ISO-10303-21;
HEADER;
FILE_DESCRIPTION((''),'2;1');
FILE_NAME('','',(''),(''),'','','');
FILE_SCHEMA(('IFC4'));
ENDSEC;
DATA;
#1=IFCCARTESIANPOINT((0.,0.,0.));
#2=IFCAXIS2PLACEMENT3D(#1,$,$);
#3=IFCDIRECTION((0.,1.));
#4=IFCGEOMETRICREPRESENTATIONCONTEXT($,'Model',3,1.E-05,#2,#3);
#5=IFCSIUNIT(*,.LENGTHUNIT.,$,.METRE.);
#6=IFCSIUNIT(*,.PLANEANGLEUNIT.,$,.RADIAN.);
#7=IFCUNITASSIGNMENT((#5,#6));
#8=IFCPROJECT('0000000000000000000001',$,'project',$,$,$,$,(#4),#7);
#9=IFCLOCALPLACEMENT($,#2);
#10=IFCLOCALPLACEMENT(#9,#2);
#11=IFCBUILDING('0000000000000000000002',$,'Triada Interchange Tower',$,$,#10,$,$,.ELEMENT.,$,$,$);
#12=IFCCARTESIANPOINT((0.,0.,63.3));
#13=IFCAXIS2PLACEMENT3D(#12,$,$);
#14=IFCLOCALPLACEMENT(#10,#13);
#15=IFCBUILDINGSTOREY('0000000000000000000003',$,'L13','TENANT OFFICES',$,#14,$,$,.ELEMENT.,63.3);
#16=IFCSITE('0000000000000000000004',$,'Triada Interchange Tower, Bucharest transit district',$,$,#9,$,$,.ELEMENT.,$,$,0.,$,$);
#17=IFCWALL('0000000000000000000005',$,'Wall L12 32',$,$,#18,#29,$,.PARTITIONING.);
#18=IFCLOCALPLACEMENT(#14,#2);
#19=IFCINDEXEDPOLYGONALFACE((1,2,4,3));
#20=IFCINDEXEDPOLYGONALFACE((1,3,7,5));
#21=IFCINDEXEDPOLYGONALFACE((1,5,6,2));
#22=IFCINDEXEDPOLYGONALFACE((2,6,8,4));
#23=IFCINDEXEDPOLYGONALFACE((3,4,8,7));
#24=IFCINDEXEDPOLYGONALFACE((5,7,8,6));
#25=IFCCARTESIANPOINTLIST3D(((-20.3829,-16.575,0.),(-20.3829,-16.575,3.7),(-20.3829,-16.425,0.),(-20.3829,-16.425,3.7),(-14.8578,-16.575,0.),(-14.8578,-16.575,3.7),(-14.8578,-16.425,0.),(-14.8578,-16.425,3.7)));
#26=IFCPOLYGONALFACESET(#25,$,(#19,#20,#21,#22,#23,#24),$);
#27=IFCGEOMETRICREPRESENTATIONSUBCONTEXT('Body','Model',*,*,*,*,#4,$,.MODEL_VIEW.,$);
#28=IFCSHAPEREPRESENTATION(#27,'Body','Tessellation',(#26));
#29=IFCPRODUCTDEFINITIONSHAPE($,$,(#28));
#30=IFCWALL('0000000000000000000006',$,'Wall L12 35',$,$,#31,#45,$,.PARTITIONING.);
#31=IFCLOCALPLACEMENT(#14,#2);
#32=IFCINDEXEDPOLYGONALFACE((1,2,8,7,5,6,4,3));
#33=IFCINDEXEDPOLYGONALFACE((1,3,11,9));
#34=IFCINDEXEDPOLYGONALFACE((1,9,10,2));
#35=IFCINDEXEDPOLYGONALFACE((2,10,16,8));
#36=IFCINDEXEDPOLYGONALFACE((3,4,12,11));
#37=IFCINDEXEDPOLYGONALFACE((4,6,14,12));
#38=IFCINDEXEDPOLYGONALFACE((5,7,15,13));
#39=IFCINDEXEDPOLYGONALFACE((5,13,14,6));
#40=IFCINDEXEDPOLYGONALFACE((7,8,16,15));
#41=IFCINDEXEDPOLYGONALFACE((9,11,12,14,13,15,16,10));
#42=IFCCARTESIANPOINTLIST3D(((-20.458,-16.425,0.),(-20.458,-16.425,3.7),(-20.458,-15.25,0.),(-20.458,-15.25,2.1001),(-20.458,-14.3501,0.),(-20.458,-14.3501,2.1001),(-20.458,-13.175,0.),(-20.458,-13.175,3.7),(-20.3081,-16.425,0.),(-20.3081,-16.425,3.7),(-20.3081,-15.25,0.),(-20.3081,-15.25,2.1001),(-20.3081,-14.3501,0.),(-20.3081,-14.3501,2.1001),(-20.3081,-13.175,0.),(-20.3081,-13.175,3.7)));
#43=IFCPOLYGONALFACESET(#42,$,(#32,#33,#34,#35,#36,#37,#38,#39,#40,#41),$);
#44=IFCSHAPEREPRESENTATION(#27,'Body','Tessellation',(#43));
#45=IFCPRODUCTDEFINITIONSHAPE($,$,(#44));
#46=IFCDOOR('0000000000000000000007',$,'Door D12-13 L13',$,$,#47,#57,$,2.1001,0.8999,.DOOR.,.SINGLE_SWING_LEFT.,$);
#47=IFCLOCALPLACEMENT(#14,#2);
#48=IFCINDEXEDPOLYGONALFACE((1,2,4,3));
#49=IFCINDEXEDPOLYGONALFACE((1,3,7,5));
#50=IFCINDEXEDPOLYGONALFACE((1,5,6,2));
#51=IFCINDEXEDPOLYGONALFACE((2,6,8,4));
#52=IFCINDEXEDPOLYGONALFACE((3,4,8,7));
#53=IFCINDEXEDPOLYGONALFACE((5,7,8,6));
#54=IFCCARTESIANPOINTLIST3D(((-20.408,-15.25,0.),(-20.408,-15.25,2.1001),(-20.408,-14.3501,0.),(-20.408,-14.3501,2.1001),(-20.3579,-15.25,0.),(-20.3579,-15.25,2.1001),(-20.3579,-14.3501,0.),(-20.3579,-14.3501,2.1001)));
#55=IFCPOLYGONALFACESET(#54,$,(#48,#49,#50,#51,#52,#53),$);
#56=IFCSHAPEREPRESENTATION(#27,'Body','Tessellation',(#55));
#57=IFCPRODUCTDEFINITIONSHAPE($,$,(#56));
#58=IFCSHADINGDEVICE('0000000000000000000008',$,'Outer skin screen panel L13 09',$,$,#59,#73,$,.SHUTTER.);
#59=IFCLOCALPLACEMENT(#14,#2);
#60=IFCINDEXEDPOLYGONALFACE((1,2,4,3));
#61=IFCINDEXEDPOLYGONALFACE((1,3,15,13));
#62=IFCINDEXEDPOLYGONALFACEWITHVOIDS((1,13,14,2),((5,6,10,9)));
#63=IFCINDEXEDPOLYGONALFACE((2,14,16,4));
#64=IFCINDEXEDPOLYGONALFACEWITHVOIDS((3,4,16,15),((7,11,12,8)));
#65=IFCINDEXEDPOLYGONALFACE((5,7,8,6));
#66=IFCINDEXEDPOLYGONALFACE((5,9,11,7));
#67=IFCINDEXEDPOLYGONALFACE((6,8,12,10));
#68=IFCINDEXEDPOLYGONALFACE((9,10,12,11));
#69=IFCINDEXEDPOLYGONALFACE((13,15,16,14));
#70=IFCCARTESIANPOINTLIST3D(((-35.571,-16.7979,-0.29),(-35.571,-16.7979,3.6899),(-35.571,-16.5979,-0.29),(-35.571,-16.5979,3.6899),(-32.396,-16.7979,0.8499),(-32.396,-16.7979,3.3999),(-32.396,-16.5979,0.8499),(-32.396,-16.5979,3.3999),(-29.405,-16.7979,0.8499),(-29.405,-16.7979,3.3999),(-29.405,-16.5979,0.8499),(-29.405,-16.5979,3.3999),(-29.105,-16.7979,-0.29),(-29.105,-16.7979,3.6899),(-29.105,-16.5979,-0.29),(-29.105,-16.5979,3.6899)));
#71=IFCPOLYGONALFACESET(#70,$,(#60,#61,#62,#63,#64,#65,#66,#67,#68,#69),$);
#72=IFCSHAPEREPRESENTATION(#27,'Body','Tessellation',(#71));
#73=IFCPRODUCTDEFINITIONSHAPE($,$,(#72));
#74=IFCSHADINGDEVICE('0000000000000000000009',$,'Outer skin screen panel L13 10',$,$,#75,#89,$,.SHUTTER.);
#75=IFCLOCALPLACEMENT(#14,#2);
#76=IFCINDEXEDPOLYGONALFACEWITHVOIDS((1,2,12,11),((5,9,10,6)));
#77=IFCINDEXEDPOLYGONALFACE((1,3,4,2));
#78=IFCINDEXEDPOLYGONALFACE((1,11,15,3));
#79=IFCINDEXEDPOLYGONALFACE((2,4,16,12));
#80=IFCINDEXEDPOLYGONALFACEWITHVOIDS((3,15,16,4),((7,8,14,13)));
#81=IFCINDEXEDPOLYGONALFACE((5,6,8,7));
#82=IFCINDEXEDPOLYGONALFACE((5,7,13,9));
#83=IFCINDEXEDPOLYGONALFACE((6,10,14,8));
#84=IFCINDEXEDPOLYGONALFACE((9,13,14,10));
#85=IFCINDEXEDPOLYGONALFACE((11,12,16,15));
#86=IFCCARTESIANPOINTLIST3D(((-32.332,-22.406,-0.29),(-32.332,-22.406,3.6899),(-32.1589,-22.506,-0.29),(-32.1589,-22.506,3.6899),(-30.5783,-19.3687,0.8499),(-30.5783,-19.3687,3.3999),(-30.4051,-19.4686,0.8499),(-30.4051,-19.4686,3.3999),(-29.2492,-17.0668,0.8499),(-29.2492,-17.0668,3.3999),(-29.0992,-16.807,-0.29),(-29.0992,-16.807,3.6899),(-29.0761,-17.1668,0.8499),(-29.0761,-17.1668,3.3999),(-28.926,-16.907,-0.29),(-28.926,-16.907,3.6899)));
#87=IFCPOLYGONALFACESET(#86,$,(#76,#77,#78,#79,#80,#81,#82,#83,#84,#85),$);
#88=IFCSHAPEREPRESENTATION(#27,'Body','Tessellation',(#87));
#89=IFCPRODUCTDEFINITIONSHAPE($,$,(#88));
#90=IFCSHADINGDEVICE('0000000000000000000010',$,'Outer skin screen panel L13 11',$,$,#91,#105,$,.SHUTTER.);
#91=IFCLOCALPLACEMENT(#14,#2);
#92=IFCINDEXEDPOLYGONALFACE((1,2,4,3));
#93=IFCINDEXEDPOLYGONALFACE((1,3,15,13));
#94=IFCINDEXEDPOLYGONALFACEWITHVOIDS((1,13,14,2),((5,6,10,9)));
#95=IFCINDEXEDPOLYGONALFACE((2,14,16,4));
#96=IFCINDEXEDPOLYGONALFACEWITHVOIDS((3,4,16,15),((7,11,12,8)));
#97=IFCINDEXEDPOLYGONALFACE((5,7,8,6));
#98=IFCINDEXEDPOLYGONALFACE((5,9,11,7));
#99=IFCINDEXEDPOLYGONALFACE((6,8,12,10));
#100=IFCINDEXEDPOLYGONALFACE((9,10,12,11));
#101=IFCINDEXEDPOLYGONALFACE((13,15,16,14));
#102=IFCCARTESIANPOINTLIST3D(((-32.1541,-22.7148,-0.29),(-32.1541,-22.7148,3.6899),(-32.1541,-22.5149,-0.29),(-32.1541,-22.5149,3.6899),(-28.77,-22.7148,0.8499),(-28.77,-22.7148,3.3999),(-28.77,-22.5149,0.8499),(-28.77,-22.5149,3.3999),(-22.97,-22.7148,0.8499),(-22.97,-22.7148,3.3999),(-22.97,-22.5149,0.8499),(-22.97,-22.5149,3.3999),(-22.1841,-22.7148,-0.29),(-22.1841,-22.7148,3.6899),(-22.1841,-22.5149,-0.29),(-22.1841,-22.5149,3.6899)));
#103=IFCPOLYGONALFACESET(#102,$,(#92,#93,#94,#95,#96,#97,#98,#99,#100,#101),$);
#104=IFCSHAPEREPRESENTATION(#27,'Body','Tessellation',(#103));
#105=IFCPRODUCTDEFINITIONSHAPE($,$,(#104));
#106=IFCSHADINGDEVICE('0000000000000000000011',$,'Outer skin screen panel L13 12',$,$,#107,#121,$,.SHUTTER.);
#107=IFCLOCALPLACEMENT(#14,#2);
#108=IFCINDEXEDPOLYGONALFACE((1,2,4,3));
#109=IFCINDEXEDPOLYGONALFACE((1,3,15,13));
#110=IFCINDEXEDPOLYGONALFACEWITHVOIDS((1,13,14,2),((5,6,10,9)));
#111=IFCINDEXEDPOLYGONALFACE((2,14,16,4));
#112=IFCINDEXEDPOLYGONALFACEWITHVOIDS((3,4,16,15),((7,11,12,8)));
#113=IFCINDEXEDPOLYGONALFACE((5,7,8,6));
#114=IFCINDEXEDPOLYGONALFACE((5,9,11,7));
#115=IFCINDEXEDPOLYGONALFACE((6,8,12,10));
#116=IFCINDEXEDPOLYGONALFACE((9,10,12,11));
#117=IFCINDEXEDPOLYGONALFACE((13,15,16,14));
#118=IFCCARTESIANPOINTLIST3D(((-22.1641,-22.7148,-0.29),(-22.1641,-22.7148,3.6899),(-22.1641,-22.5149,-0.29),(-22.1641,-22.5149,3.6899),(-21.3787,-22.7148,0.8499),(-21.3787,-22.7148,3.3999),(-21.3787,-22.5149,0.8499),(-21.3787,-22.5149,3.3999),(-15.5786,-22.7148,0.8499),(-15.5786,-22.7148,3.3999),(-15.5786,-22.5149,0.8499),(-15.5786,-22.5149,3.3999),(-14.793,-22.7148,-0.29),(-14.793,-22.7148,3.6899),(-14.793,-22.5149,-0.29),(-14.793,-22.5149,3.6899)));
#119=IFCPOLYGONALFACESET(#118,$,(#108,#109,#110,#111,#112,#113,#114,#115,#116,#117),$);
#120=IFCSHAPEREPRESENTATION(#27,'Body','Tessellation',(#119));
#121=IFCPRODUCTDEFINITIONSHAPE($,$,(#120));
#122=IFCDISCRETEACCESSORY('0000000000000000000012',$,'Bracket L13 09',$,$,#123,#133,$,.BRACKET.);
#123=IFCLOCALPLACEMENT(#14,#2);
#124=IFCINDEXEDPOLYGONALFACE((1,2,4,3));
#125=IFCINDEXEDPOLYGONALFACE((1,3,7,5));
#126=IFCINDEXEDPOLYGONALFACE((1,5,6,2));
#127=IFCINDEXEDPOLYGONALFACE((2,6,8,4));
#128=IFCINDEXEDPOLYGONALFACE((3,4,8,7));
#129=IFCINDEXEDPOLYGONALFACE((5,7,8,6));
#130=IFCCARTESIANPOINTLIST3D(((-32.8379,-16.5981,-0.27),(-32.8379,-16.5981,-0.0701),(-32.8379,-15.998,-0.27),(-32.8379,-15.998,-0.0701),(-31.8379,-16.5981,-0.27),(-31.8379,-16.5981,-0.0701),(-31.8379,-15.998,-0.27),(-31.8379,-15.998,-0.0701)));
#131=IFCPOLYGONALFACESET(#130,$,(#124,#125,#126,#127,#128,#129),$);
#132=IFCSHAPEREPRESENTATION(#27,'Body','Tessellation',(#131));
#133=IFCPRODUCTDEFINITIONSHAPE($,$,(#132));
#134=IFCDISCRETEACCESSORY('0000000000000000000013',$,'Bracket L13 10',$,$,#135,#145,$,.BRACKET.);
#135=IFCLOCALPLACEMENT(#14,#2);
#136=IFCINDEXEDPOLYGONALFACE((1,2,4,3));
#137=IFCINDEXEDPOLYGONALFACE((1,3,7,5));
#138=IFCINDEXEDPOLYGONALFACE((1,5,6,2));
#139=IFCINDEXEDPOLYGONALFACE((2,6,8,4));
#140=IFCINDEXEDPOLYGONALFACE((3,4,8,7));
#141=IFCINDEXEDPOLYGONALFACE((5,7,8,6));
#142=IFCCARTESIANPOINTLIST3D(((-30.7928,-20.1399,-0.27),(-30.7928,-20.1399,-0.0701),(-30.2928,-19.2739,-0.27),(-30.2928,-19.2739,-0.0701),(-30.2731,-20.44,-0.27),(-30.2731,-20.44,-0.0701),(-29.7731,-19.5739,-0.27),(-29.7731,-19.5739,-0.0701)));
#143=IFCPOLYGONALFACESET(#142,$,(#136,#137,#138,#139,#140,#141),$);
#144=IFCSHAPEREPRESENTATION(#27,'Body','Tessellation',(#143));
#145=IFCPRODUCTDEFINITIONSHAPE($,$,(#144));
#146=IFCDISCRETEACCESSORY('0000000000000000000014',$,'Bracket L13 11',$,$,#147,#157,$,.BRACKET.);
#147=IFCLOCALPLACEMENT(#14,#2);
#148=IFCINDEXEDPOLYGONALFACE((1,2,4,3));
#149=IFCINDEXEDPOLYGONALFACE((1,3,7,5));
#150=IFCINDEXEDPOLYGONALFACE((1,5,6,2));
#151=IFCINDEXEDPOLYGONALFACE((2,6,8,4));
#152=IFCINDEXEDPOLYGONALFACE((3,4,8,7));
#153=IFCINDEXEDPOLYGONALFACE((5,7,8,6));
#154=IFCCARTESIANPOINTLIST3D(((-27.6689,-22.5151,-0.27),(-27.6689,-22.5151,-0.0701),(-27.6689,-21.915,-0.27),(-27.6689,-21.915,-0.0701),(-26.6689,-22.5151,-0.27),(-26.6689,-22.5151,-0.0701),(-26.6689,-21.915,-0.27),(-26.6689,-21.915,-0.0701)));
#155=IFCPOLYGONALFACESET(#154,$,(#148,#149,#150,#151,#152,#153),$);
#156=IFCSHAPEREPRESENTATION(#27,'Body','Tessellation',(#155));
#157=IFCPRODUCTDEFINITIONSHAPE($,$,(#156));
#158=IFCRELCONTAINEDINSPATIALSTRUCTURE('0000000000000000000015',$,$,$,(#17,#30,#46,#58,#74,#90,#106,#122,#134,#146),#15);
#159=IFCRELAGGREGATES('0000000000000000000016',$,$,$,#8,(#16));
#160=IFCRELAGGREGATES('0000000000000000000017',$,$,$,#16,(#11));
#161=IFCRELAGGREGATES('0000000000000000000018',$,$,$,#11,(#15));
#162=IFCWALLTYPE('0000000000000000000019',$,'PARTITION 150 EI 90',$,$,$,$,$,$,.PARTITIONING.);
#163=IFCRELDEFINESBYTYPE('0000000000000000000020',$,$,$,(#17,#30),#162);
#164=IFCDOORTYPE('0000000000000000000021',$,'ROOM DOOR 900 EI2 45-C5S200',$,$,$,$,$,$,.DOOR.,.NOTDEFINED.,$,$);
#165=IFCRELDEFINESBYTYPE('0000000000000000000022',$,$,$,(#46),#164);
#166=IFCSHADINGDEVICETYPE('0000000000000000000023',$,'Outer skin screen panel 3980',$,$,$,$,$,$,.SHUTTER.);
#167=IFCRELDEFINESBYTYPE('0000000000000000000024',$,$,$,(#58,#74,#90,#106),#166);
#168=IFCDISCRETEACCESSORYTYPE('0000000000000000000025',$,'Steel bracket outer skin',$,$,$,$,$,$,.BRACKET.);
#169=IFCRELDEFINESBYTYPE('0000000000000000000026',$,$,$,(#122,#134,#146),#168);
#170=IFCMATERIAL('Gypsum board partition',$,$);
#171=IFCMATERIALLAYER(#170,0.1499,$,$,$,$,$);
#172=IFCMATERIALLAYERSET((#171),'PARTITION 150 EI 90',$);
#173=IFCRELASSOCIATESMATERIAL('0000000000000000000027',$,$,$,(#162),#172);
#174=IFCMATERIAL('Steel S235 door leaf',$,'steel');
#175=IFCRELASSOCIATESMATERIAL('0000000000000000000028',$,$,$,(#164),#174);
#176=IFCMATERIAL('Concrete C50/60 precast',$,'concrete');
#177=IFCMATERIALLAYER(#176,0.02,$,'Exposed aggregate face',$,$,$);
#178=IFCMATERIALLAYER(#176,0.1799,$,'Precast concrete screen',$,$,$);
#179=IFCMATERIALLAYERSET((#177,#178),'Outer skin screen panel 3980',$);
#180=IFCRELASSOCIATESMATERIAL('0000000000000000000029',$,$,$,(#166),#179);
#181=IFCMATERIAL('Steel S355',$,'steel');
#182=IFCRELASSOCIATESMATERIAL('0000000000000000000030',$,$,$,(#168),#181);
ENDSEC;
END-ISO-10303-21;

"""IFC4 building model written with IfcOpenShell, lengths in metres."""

from ifc_helpers import new_model, si_unit, direction, frame, frame_2d, origin, origin_2d, place, context, subcontext, project, spatial, polyline, rectangle, outline, extrude, material, layer, layer_set, type_object, element, fill, save


model = new_model("IFC4")

# Units and contexts
model_context = context("Model", 3, precision=1e-05, world=origin(), true_north=direction((0.0, 1.0)))
body_context = subcontext(model_context, "Body", "Model", "MODEL_VIEW")
ifc_project = project(units=[si_unit("LENGTHUNIT", "METRE"), si_unit("PLANEANGLEUNIT", "RADIAN")], contexts=[model_context])

# Site, building, storey
site_placement = place(None, origin())
site = spatial("IfcSite", under=ifc_project, at=site_placement, Name="Triada Interchange Tower, Bucharest transit district", CompositionType="ELEMENT", RefElevation=0.0)
building_placement = place(site_placement, origin())
building = spatial("IfcBuilding", under=site, at=building_placement, Name="Triada Interchange Tower", CompositionType="ELEMENT")
storey_placement = place(building_placement, frame((0.0, 0.0, 63.3)))
storey = spatial("IfcBuildingStorey", under=building, at=storey_placement, Name="L13", Description="TENANT OFFICES", CompositionType="ELEMENT", Elevation=63.3)

# Wall
ifc_material_1 = material(Name="Gypsum board partition")
ifc_layer_1 = layer(ifc_material_1, 0.1499)
ifc_layer_set_1 = layer_set([ifc_layer_1], Name="PARTITION 150 EI 90")
wall_type_1 = type_object("IfcWallType", Name="PARTITION 150 EI 90", PredefinedType="PARTITIONING", material=ifc_layer_set_1)
wall_1_placement = place(storey_placement, frame((-20.3831, -16.5, 0.0), z_axis=(0.0, 0.0, 1.0), x_axis=(1.0, 0.0, 0.0)))
element("IfcWall", 1, at=wall_1_placement, inside=storey, type_object=wall_type_1, Name="Wall L12 32", PredefinedType="PARTITIONING", context=body_context, shape_type="SweptSolid", body=[
    extrude(rectangle(XDim=5.5251, YDim=0.1499, at=frame_2d((2.7627, 0.0))), origin(), (0.0, 0.0, 1.0), 3.7),
])

# Wall, opening, door
wall_2_placement = place(storey_placement, frame((-20.3831, -16.425, 0.0), z_axis=(0.0, 0.0, 1.0), x_axis=(0.0, 1.0, 0.0)))
wall_2 = element("IfcWall", 2, at=wall_2_placement, inside=storey, type_object=wall_type_1, Name="Wall L12 35", PredefinedType="PARTITIONING", context=body_context, shape_type="SweptSolid", body=[
    extrude(rectangle(XDim=3.25, YDim=0.1499, at=frame_2d((1.625, 0.0))), origin(), (0.0, 0.0, 1.0), 3.7),
])
opening_1_placement = place(wall_2_placement, frame((1.175, 0.0, 0.0)))
opening_1 = element("IfcOpeningElement", 3, at=opening_1_placement, cuts=wall_2, PredefinedType="OPENING", context=body_context, shape_type="SweptSolid", body=[
    extrude(rectangle(XDim=0.8999, YDim=2.1001, at=frame_2d((0.45, 1.05))), frame((0.0, 0.085, 0.0), z_axis=(0.0, -1.0, 0.0), x_axis=(1.0, 0.0, 0.0)), (0.0, 0.0, 1.0), 0.1699),
])
ifc_material_2 = material(Name="Steel S235 door leaf", Category="steel")
door_type = type_object("IfcDoorType", Name="ROOM DOOR 900 EI2 45-C5S200", OperationType="NOTDEFINED", PredefinedType="DOOR", material=ifc_material_2)
door_placement = place(opening_1_placement, origin())
door = element("IfcDoor", 4, at=door_placement, inside=storey, type_object=door_type, Name="Door D12-13 L13", OperationType="SINGLE_SWING_LEFT", OverallHeight=2.1001, OverallWidth=0.8999, PredefinedType="DOOR", context=body_context, shape_type="SweptSolid", body=[
    extrude(rectangle(XDim=0.8999, YDim=2.1001, at=frame_2d((0.45, 1.05))), frame((0.0, 0.0249, 0.0), z_axis=(0.0, -1.0, 0.0), x_axis=(1.0, 0.0, 0.0)), (0.0, 0.0, 1.0), 0.05),
])
fill(opening_1, door)

# Shading devices
ifc_material_3 = material(Name="Concrete C50/60 precast", Category="concrete")
ifc_layer_2 = layer(ifc_material_3, 0.02, Name="Exposed aggregate face")
ifc_layer_3 = layer(ifc_material_3, 0.1799, Name="Precast concrete screen")
ifc_layer_set_2 = layer_set([ifc_layer_2, ifc_layer_3], Name="Outer skin screen panel 3980")
shading_device_type = type_object("IfcShadingDeviceType", Name="Outer skin screen panel 3980", PredefinedType="SHUTTER", material=ifc_layer_set_2)
shading_device_1_placement = place(storey_placement, frame((-35.571, -16.5979, -0.29), z_axis=(0.0, 0.0, 1.0), x_axis=(1.0, 0.0, 0.0)))
element("IfcShadingDevice", 5, at=shading_device_1_placement, inside=storey, type_object=shading_device_type, Name="Outer skin screen panel L13 09", PredefinedType="SHUTTER", context=body_context, shape_type="SweptSolid", body=[
    extrude(outline(polyline([(0.0, 0.0), (6.4661, 0.0), (6.4661, 3.98), (0.0, 3.98), (0.0, 0.0)]), holes=[polyline([(3.175, 1.1399), (3.175, 3.6899), (6.166, 3.6899), (6.166, 1.1399), (3.175, 1.1399)])]), frame((0.0, 0.0, 0.0), z_axis=(0.0, -1.0, 0.0), x_axis=(1.0, 0.0, 0.0)), (0.0, 0.0, 1.0), 0.2),
])
shading_device_2_placement = place(storey_placement, frame((-28.926, -16.907, -0.29), z_axis=(0.0, 0.0, 1.0), x_axis=(-0.50003, -0.866008, 0.0)))
element("IfcShadingDevice", 6, at=shading_device_2_placement, inside=storey, type_object=shading_device_type, Name="Outer skin screen panel L13 10", PredefinedType="SHUTTER", context=body_context, shape_type="SweptSolid", body=[
    extrude(outline(polyline([(0.0, 0.0), (6.4653, 0.0), (6.4653, 3.98), (0.0, 3.98), (0.0, 0.0)]), holes=[polyline([(0.3, 1.1399), (0.3, 3.6899), (2.958, 3.6899), (2.958, 1.1399), (0.3, 1.1399)])]), frame((0.0, 0.0, 0.0), z_axis=(0.0, -1.0, 0.0), x_axis=(1.0, 0.0, 0.0)), (0.0, 0.0, 1.0), 0.2),
])
shading_device_3_placement = place(storey_placement, frame((-32.1541, -22.5149, -0.29), z_axis=(0.0, 0.0, 1.0), x_axis=(1.0, 0.0, 0.0)))
element("IfcShadingDevice", 7, at=shading_device_3_placement, inside=storey, type_object=shading_device_type, Name="Outer skin screen panel L13 11", PredefinedType="SHUTTER", context=body_context, shape_type="SweptSolid", body=[
    extrude(outline(polyline([(0.0, 0.0), (9.97, 0.0), (9.97, 3.98), (0.0, 3.98), (0.0, 0.0)]), holes=[polyline([(3.384, 1.1399), (3.384, 3.6899), (9.1841, 3.6899), (9.1841, 1.1399), (3.384, 1.1399)])]), frame((0.0, 0.0, 0.0), z_axis=(0.0, -1.0, 0.0), x_axis=(1.0, 0.0, 0.0)), (0.0, 0.0, 1.0), 0.2),
])
shading_device_4_placement = place(storey_placement, frame((-22.1641, -22.5149, -0.29), z_axis=(0.0, 0.0, 1.0), x_axis=(1.0, 0.0, 0.0)))
element("IfcShadingDevice", 8, at=shading_device_4_placement, inside=storey, type_object=shading_device_type, Name="Outer skin screen panel L13 12", PredefinedType="SHUTTER", context=body_context, shape_type="SweptSolid", body=[
    extrude(outline(polyline([(0.0, 0.0), (7.3711, 0.0), (7.3711, 3.98), (0.0, 3.98), (0.0, 0.0)]), holes=[polyline([(0.7854, 1.1399), (0.7854, 3.6899), (6.5854, 3.6899), (6.5854, 1.1399), (0.7854, 1.1399)])]), frame((0.0, 0.0, 0.0), z_axis=(0.0, -1.0, 0.0), x_axis=(1.0, 0.0, 0.0)), (0.0, 0.0, 1.0), 0.2),
])

# Discrete accessories
ifc_material_4 = material(Name="Steel S355", Category="steel")
discrete_accessory_type = type_object("IfcDiscreteAccessoryType", Name="Steel bracket outer skin", PredefinedType="BRACKET", material=ifc_material_4)
for number, where, z_axis, x_axis, name in (
    (9, (-32.3379, -16.2981, -0.27), (0.0, 0.0, 1.0), (0.0, -1.0, 0.0), "Bracket L13 09"),
    (10, (-30.283, -19.8569, -0.27), (0.0, 0.0, 1.0), (-0.866037, 0.49998, 0.0), "Bracket L13 10"),
    (11, (-27.1689, -22.2151, -0.27), (0.0, 0.0, 1.0), (0.0, -1.0, 0.0), "Bracket L13 11"),
):
    element("IfcDiscreteAccessory", number, at=place(storey_placement, frame(where, z_axis=z_axis, x_axis=x_axis)), inside=storey, type_object=discrete_accessory_type, Name=name, PredefinedType="BRACKET", context=body_context, shape_type="SweptSolid", body=[
        extrude(rectangle(XDim=0.6001, YDim=1.0, at=origin_2d()), origin(), (0.0, 0.0, 1.0), 0.2),
    ])

save(model, "model.ifc")
